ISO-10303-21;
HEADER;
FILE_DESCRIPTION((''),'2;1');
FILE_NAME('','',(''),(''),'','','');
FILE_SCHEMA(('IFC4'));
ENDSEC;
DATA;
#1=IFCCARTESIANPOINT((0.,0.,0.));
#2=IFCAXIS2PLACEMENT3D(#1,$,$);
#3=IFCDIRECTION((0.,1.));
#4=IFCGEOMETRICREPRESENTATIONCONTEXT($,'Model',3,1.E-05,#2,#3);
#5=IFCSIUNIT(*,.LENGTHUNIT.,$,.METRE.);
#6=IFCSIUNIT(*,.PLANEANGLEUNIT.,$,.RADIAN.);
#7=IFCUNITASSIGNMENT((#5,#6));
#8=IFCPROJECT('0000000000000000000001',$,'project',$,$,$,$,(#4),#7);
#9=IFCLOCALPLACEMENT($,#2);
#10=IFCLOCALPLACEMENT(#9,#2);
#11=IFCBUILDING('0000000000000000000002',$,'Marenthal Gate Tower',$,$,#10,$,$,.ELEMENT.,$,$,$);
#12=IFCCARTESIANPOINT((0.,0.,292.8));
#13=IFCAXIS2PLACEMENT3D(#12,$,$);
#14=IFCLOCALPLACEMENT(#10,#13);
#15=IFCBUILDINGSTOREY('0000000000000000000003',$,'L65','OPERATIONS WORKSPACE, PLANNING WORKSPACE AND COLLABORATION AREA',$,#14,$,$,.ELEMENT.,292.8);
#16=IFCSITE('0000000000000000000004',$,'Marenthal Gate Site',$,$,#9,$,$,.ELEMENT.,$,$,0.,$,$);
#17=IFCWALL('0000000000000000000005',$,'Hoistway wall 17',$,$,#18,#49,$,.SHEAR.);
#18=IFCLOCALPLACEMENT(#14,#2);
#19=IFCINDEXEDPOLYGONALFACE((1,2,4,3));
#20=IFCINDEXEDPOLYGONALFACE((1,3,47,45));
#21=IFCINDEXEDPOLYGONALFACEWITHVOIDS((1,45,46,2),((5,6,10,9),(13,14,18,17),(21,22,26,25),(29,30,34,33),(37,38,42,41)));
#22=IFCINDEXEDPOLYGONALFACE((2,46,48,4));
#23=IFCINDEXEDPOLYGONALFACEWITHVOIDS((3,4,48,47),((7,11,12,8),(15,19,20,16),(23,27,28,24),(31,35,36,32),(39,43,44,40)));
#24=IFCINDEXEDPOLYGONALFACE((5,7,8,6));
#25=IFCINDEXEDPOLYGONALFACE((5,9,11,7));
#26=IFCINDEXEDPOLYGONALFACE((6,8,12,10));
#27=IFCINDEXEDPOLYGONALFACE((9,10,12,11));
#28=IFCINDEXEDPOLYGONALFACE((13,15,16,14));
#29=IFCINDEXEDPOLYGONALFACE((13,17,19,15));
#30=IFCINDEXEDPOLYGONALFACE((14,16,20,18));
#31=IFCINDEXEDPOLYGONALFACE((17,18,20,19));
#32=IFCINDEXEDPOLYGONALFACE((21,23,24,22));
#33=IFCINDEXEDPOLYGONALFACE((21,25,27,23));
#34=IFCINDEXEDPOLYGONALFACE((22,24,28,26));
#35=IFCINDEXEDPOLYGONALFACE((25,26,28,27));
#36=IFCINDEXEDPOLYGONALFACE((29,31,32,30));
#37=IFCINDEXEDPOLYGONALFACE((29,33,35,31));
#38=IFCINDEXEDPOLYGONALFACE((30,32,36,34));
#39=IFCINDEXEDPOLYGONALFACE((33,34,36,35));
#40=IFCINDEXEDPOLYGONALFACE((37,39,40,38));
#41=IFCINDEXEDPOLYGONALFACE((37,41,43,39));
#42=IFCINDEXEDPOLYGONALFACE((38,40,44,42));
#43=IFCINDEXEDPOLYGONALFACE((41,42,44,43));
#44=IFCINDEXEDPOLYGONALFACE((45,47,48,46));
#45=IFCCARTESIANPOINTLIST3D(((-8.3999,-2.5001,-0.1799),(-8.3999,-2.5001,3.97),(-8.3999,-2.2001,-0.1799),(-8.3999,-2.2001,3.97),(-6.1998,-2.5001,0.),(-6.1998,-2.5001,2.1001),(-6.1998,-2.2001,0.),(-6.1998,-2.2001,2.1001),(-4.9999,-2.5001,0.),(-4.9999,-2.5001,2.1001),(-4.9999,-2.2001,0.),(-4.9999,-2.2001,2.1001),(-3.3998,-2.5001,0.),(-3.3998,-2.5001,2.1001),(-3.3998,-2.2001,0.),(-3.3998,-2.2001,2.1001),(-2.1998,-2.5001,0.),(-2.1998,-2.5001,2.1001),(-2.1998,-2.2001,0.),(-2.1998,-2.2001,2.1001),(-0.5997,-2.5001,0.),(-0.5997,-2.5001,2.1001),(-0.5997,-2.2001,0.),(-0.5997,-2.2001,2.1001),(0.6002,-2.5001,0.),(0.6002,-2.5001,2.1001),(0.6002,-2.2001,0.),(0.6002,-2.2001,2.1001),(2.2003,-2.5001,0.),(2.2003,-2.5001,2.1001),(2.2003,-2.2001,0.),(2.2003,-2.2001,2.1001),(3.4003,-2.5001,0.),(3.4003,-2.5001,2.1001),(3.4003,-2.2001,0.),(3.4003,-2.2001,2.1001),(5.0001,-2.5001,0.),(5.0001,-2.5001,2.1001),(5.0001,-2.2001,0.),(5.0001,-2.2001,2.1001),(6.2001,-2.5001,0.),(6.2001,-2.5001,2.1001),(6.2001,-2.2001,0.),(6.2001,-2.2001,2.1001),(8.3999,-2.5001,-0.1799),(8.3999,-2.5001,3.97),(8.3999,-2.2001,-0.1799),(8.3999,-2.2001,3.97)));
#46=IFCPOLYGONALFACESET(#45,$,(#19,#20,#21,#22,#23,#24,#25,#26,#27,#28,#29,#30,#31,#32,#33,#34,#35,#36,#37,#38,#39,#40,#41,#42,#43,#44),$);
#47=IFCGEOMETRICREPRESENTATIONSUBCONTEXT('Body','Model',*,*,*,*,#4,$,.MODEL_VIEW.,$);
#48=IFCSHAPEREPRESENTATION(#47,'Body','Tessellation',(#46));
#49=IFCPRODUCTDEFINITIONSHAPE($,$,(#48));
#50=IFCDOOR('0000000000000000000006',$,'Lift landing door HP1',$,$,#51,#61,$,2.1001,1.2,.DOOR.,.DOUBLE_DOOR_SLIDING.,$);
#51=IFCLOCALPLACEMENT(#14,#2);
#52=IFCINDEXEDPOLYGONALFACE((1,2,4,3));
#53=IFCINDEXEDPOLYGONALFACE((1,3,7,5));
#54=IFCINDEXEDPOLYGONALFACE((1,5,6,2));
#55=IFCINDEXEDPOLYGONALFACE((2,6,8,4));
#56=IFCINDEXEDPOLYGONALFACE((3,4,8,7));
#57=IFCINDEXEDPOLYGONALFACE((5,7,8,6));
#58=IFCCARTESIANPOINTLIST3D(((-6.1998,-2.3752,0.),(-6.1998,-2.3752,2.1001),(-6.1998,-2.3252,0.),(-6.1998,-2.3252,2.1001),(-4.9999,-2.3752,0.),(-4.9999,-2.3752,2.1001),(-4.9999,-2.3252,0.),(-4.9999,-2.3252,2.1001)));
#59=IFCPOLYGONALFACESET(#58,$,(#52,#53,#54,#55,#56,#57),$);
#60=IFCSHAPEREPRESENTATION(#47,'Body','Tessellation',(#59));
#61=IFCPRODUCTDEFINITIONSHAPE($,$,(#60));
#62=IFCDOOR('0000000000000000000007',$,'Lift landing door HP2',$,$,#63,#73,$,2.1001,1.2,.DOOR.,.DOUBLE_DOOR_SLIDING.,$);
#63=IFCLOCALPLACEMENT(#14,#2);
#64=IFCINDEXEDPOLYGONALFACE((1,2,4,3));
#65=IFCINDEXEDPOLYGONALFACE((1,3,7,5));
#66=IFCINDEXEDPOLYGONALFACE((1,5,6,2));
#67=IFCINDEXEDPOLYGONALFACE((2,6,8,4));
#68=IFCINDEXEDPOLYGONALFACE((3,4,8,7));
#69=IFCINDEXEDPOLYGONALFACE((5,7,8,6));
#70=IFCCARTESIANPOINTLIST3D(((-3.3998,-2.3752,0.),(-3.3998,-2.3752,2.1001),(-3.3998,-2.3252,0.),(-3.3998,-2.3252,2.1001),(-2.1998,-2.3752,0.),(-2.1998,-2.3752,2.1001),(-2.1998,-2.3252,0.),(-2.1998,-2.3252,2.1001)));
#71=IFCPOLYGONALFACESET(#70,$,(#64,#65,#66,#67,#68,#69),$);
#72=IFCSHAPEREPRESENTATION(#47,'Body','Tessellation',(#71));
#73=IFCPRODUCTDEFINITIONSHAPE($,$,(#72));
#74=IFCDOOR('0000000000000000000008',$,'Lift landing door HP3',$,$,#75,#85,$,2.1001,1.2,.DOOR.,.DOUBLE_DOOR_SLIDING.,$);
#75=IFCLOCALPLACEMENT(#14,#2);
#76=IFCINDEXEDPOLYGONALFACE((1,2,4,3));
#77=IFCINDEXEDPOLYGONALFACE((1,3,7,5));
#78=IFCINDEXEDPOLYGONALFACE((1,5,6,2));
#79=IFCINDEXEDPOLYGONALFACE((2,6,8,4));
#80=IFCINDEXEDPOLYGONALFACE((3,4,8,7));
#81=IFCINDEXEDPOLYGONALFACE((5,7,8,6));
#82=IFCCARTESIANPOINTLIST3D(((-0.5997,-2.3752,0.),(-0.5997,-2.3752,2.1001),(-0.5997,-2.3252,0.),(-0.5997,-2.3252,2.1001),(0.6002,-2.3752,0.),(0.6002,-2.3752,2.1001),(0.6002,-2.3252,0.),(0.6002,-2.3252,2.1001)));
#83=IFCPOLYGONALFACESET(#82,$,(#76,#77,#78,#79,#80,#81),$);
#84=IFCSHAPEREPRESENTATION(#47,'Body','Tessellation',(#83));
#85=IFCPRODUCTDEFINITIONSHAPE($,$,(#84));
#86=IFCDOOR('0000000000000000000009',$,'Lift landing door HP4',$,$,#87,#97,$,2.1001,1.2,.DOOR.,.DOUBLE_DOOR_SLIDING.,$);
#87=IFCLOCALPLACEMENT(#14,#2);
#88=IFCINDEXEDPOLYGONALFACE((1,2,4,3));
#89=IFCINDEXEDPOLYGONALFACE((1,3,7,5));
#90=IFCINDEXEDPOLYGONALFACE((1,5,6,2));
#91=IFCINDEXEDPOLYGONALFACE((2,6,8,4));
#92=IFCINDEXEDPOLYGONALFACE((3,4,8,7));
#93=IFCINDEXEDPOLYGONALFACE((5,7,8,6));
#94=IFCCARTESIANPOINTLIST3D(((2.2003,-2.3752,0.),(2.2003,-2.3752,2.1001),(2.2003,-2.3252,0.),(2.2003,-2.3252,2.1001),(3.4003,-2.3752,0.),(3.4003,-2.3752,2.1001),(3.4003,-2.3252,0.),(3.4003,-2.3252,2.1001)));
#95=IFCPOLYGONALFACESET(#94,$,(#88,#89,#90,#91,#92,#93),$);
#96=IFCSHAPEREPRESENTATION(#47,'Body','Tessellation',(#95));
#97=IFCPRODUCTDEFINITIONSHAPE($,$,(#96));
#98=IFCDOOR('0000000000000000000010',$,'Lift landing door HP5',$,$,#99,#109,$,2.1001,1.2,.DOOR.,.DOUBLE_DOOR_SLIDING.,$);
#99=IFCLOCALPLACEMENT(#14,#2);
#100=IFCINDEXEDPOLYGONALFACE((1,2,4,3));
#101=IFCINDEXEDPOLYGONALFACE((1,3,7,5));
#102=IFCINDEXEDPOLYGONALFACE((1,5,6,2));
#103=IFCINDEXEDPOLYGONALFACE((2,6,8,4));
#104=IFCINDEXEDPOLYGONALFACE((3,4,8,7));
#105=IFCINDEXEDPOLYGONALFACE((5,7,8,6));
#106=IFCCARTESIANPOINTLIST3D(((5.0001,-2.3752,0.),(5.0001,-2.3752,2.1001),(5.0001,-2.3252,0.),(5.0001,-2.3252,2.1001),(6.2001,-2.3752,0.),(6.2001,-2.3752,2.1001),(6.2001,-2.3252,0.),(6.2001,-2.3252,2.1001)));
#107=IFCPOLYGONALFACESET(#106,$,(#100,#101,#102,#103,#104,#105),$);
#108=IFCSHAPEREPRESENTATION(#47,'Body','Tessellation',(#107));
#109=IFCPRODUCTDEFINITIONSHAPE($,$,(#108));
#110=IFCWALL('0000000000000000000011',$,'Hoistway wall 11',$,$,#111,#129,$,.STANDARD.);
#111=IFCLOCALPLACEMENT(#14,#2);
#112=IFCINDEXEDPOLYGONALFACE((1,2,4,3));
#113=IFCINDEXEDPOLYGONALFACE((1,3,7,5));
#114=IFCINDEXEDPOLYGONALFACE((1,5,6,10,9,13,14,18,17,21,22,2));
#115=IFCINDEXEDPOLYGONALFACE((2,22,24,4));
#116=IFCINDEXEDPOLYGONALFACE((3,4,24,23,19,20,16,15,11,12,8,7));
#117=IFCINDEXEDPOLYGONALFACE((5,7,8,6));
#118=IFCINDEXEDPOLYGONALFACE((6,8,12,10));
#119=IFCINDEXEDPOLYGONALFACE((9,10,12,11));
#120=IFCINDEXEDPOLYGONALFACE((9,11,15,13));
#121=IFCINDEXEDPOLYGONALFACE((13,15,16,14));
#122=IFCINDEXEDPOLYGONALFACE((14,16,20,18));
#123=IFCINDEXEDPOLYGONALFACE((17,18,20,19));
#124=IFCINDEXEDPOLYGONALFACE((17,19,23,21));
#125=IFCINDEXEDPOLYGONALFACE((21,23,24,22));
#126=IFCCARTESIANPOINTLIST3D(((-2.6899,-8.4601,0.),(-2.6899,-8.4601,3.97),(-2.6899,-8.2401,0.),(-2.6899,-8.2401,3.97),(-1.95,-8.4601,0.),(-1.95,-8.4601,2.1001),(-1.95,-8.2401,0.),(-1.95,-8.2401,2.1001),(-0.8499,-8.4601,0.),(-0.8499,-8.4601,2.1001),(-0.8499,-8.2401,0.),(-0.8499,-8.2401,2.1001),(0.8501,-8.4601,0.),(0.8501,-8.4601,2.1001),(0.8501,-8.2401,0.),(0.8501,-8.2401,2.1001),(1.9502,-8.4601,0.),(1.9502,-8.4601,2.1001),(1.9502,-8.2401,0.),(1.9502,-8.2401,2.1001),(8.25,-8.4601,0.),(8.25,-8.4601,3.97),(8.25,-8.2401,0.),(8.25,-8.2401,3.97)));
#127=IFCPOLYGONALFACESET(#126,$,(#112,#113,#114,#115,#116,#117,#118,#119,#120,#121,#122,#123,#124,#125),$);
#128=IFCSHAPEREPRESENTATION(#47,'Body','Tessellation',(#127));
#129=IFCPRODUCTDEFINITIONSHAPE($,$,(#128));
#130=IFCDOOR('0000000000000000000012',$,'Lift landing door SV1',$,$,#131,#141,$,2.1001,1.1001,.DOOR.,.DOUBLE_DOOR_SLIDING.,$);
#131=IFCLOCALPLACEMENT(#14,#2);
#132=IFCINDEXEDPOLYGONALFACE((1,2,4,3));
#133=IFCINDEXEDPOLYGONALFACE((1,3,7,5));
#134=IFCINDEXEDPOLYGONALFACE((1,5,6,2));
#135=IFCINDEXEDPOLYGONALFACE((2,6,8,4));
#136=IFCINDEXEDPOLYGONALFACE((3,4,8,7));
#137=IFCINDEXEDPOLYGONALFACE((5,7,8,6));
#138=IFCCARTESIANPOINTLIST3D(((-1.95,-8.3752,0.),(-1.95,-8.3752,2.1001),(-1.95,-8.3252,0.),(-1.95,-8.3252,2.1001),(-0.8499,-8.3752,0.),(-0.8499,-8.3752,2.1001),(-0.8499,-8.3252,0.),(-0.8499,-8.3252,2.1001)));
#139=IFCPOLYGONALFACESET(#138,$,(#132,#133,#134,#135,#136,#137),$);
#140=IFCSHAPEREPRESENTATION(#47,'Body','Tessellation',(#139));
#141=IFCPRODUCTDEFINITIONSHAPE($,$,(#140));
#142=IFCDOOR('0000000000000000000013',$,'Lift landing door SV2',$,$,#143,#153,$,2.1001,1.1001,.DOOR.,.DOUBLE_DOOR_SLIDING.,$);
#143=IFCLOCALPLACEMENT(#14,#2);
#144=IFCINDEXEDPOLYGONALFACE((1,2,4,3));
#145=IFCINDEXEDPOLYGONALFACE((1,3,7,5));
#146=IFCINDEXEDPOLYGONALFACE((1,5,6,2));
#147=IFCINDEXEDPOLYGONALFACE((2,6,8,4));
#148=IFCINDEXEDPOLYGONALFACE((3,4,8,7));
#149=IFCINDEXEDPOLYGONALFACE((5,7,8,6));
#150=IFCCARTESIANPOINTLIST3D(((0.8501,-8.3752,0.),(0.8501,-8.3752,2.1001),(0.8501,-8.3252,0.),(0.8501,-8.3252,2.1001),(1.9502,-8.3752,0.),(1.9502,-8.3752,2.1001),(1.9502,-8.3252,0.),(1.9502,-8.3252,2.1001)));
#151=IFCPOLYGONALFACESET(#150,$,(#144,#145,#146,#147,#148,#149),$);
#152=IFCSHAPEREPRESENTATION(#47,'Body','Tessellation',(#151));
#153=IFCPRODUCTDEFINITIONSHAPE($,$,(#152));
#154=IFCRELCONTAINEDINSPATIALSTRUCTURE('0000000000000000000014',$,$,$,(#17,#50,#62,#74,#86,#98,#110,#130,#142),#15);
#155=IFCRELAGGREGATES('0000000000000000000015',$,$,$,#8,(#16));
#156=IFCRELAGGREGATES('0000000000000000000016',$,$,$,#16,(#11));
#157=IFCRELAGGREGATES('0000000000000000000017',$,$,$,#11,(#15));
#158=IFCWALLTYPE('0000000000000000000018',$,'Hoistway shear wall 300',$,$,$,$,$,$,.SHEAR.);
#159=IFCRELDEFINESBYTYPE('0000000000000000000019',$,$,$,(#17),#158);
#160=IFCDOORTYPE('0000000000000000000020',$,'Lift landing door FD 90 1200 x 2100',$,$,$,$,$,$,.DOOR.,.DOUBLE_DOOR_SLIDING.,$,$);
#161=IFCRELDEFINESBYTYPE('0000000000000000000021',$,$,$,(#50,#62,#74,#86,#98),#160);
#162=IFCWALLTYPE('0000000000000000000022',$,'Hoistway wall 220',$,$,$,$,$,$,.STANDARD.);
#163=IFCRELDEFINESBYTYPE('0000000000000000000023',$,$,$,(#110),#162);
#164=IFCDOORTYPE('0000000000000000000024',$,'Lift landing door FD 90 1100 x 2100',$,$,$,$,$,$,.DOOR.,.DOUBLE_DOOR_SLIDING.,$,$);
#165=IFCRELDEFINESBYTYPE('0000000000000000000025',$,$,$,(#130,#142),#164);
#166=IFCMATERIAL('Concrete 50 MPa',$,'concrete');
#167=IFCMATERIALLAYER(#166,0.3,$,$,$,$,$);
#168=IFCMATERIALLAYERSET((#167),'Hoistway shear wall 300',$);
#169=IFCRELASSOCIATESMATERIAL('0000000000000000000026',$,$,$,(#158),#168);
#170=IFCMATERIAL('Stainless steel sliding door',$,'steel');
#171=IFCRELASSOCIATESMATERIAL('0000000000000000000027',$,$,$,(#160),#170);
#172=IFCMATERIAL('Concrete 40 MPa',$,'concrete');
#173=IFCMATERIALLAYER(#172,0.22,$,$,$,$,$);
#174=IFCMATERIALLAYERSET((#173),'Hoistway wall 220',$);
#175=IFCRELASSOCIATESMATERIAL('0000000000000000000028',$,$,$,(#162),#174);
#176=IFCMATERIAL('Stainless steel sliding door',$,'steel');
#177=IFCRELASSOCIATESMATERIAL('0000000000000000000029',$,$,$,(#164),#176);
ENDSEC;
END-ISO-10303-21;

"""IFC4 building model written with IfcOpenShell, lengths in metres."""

from ifc_helpers import new_model, si_unit, direction, frame, frame_2d, origin, place, context, subcontext, project, spatial, rectangle, extrude, material, layer, layer_set, type_object, element, fill, save


model = new_model("IFC4")

# Units and contexts
model_context = context("Model", 3, precision=1e-05, world=origin(), true_north=direction((0.0, 1.0)))
body_context = subcontext(model_context, "Body", "Model", "MODEL_VIEW")
ifc_project = project(units=[si_unit("LENGTHUNIT", "METRE"), si_unit("PLANEANGLEUNIT", "RADIAN")], contexts=[model_context])

# Site, building, storey
site_placement = place(None, origin())
site = spatial("IfcSite", under=ifc_project, at=site_placement, Name="Marenthal Gate Site", CompositionType="ELEMENT", RefElevation=0.0)
building_placement = place(site_placement, origin())
building = spatial("IfcBuilding", under=site, at=building_placement, Name="Marenthal Gate Tower", CompositionType="ELEMENT")
storey_placement = place(building_placement, frame((0.0, 0.0, 292.8)))
storey = spatial("IfcBuildingStorey", under=building, at=storey_placement, Name="L65", Description="OPERATIONS WORKSPACE, PLANNING WORKSPACE AND COLLABORATION AREA", CompositionType="ELEMENT", Elevation=292.8)

# Walls, openings, doors
ifc_material_1 = material(Name="Concrete 50 MPa", Category="concrete")
ifc_layer_1 = layer(ifc_material_1, 0.3)
ifc_layer_set_1 = layer_set([ifc_layer_1], Name="Hoistway shear wall 300")
wall_type_1 = type_object("IfcWallType", Name="Hoistway shear wall 300", PredefinedType="SHEAR", material=ifc_layer_set_1)
wall_1_placement = place(storey_placement, frame((-8.3999, -2.3501, -0.1799), z_axis=(0.0, 0.0, 1.0), x_axis=(1.0, 0.0, 0.0)))
wall_1 = element("IfcWall", 1, at=wall_1_placement, inside=storey, type_object=wall_type_1, Name="Hoistway wall 17", PredefinedType="SHEAR", context=body_context, shape_type="SweptSolid", body=[
    extrude(rectangle(XDim=16.7998, YDim=0.3, at=frame_2d((8.3999, 0.0))), origin(), (0.0, 0.0, 1.0), 4.1499),
])
opening_1_placement = place(wall_1_placement, frame((2.2, 0.0, 0.1799)))
opening_1 = element("IfcOpeningElement", 2, at=opening_1_placement, cuts=wall_1, PredefinedType="OPENING", context=body_context, shape_type="SweptSolid", body=[
    extrude(rectangle(XDim=1.2, YDim=2.1001, at=frame_2d((0.6001, 1.05))), frame((0.0, 0.1602, 0.0), z_axis=(0.0, -1.0, 0.0), x_axis=(1.0, 0.0, 0.0)), (0.0, 0.0, 1.0), 0.3201),
])
opening_2_placement = place(wall_1_placement, frame((5.0, 0.0, 0.1799)))
opening_2 = element("IfcOpeningElement", 3, at=opening_2_placement, cuts=wall_1, PredefinedType="OPENING", context=body_context, shape_type="SweptSolid", body=[
    extrude(rectangle(XDim=1.2, YDim=2.1001, at=frame_2d((0.6001, 1.05))), frame((0.0, 0.1602, 0.0), z_axis=(0.0, -1.0, 0.0), x_axis=(1.0, 0.0, 0.0)), (0.0, 0.0, 1.0), 0.3201),
])
opening_3_placement = place(wall_1_placement, frame((7.8, 0.0, 0.1799)))
opening_3 = element("IfcOpeningElement", 4, at=opening_3_placement, cuts=wall_1, PredefinedType="OPENING", context=body_context, shape_type="SweptSolid", body=[
    extrude(rectangle(XDim=1.2, YDim=2.1001, at=frame_2d((0.6001, 1.05))), frame((0.0, 0.1602, 0.0), z_axis=(0.0, -1.0, 0.0), x_axis=(1.0, 0.0, 0.0)), (0.0, 0.0, 1.0), 0.3201),
])
opening_4_placement = place(wall_1_placement, frame((10.6001, 0.0, 0.1799)))
opening_4 = element("IfcOpeningElement", 5, at=opening_4_placement, cuts=wall_1, PredefinedType="OPENING", context=body_context, shape_type="SweptSolid", body=[
    extrude(rectangle(XDim=1.2, YDim=2.1001, at=frame_2d((0.6001, 1.05))), frame((0.0, 0.1602, 0.0), z_axis=(0.0, -1.0, 0.0), x_axis=(1.0, 0.0, 0.0)), (0.0, 0.0, 1.0), 0.3201),
])
opening_5_placement = place(wall_1_placement, frame((13.3999, 0.0, 0.1799)))
opening_5 = element("IfcOpeningElement", 6, at=opening_5_placement, cuts=wall_1, PredefinedType="OPENING", context=body_context, shape_type="SweptSolid", body=[
    extrude(rectangle(XDim=1.2, YDim=2.1001, at=frame_2d((0.6001, 1.05))), frame((0.0, 0.1602, 0.0), z_axis=(0.0, -1.0, 0.0), x_axis=(1.0, 0.0, 0.0)), (0.0, 0.0, 1.0), 0.3201),
])
ifc_material_2 = material(Name="Stainless steel sliding door", Category="steel")
door_type_1 = type_object("IfcDoorType", Name="Lift landing door FD 90 1200 x 2100", OperationType="DOUBLE_DOOR_SLIDING", PredefinedType="DOOR", material=ifc_material_2)
door_1_placement = place(opening_1_placement, origin())
door_1 = element("IfcDoor", 7, at=door_1_placement, inside=storey, type_object=door_type_1, Name="Lift landing door HP1", OperationType="DOUBLE_DOOR_SLIDING", OverallHeight=2.1001, OverallWidth=1.2, PredefinedType="DOOR", context=body_context, shape_type="SweptSolid", body=[
    extrude(rectangle(XDim=1.2, YDim=2.1001, at=frame_2d((0.6001, 1.05))), frame((0.0, 0.0249, 0.0), z_axis=(0.0, -1.0, 0.0), x_axis=(1.0, 0.0, 0.0)), (0.0, 0.0, 1.0), 0.05),
])
fill(opening_1, door_1)
door_2_placement = place(opening_2_placement, origin())
door_2 = element("IfcDoor", 8, at=door_2_placement, inside=storey, type_object=door_type_1, Name="Lift landing door HP2", OperationType="DOUBLE_DOOR_SLIDING", OverallHeight=2.1001, OverallWidth=1.2, PredefinedType="DOOR", context=body_context, shape_type="SweptSolid", body=[
    extrude(rectangle(XDim=1.2, YDim=2.1001, at=frame_2d((0.6001, 1.05))), frame((0.0, 0.0249, 0.0), z_axis=(0.0, -1.0, 0.0), x_axis=(1.0, 0.0, 0.0)), (0.0, 0.0, 1.0), 0.05),
])
fill(opening_2, door_2)
door_3_placement = place(opening_3_placement, origin())
door_3 = element("IfcDoor", 9, at=door_3_placement, inside=storey, type_object=door_type_1, Name="Lift landing door HP3", OperationType="DOUBLE_DOOR_SLIDING", OverallHeight=2.1001, OverallWidth=1.2, PredefinedType="DOOR", context=body_context, shape_type="SweptSolid", body=[
    extrude(rectangle(XDim=1.2, YDim=2.1001, at=frame_2d((0.6001, 1.05))), frame((0.0, 0.0249, 0.0), z_axis=(0.0, -1.0, 0.0), x_axis=(1.0, 0.0, 0.0)), (0.0, 0.0, 1.0), 0.05),
])
fill(opening_3, door_3)
door_4_placement = place(opening_4_placement, origin())
door_4 = element("IfcDoor", 10, at=door_4_placement, inside=storey, type_object=door_type_1, Name="Lift landing door HP4", OperationType="DOUBLE_DOOR_SLIDING", OverallHeight=2.1001, OverallWidth=1.2, PredefinedType="DOOR", context=body_context, shape_type="SweptSolid", body=[
    extrude(rectangle(XDim=1.2, YDim=2.1001, at=frame_2d((0.6001, 1.05))), frame((0.0, 0.0249, 0.0), z_axis=(0.0, -1.0, 0.0), x_axis=(1.0, 0.0, 0.0)), (0.0, 0.0, 1.0), 0.05),
])
fill(opening_4, door_4)
door_5_placement = place(opening_5_placement, origin())
door_5 = element("IfcDoor", 11, at=door_5_placement, inside=storey, type_object=door_type_1, Name="Lift landing door HP5", OperationType="DOUBLE_DOOR_SLIDING", OverallHeight=2.1001, OverallWidth=1.2, PredefinedType="DOOR", context=body_context, shape_type="SweptSolid", body=[
    extrude(rectangle(XDim=1.2, YDim=2.1001, at=frame_2d((0.6001, 1.05))), frame((0.0, 0.0249, 0.0), z_axis=(0.0, -1.0, 0.0), x_axis=(1.0, 0.0, 0.0)), (0.0, 0.0, 1.0), 0.05),
])
fill(opening_5, door_5)
ifc_material_3 = material(Name="Concrete 40 MPa", Category="concrete")
ifc_layer_2 = layer(ifc_material_3, 0.22)
ifc_layer_set_2 = layer_set([ifc_layer_2], Name="Hoistway wall 220")
wall_type_2 = type_object("IfcWallType", Name="Hoistway wall 220", PredefinedType="STANDARD", material=ifc_layer_set_2)
wall_2_placement = place(storey_placement, frame((-2.6899, -8.3501, 0.0), z_axis=(0.0, 0.0, 1.0), x_axis=(1.0, 0.0, 0.0)))
wall_2 = element("IfcWall", 12, at=wall_2_placement, inside=storey, type_object=wall_type_2, Name="Hoistway wall 11", PredefinedType="STANDARD", context=body_context, shape_type="SweptSolid", body=[
    extrude(rectangle(XDim=10.9399, YDim=0.22, at=frame_2d((5.47, 0.0))), origin(), (0.0, 0.0, 1.0), 3.97),
])
opening_6_placement = place(wall_2_placement, frame((0.74, 0.0, 0.0)))
opening_6 = element("IfcOpeningElement", 13, at=opening_6_placement, cuts=wall_2, PredefinedType="OPENING", context=body_context, shape_type="SweptSolid", body=[
    extrude(rectangle(XDim=1.1001, YDim=2.1001, at=frame_2d((0.55, 1.05))), frame((0.0, 0.1201, 0.0), z_axis=(0.0, -1.0, 0.0), x_axis=(1.0, 0.0, 0.0)), (0.0, 0.0, 1.0), 0.24),
])
opening_7_placement = place(wall_2_placement, frame((3.54, 0.0, 0.0)))
opening_7 = element("IfcOpeningElement", 14, at=opening_7_placement, cuts=wall_2, PredefinedType="OPENING", context=body_context, shape_type="SweptSolid", body=[
    extrude(rectangle(XDim=1.1001, YDim=2.1001, at=frame_2d((0.55, 1.05))), frame((0.0, 0.1201, 0.0), z_axis=(0.0, -1.0, 0.0), x_axis=(1.0, 0.0, 0.0)), (0.0, 0.0, 1.0), 0.24),
])
ifc_material_4 = material(Name="Stainless steel sliding door", Category="steel")
door_type_2 = type_object("IfcDoorType", Name="Lift landing door FD 90 1100 x 2100", OperationType="DOUBLE_DOOR_SLIDING", PredefinedType="DOOR", material=ifc_material_4)
door_6_placement = place(opening_6_placement, origin())
door_6 = element("IfcDoor", 15, at=door_6_placement, inside=storey, type_object=door_type_2, Name="Lift landing door SV1", OperationType="DOUBLE_DOOR_SLIDING", OverallHeight=2.1001, OverallWidth=1.1001, PredefinedType="DOOR", context=body_context, shape_type="SweptSolid", body=[
    extrude(rectangle(XDim=1.1001, YDim=2.1001, at=frame_2d((0.55, 1.05))), frame((0.0, 0.0249, 0.0), z_axis=(0.0, -1.0, 0.0), x_axis=(1.0, 0.0, 0.0)), (0.0, 0.0, 1.0), 0.05),
])
fill(opening_6, door_6)
door_7_placement = place(opening_7_placement, origin())
door_7 = element("IfcDoor", 16, at=door_7_placement, inside=storey, type_object=door_type_2, Name="Lift landing door SV2", OperationType="DOUBLE_DOOR_SLIDING", OverallHeight=2.1001, OverallWidth=1.1001, PredefinedType="DOOR", context=body_context, shape_type="SweptSolid", body=[
    extrude(rectangle(XDim=1.1001, YDim=2.1001, at=frame_2d((0.55, 1.05))), frame((0.0, 0.0249, 0.0), z_axis=(0.0, -1.0, 0.0), x_axis=(1.0, 0.0, 0.0)), (0.0, 0.0, 1.0), 0.05),
])
fill(opening_7, door_7)

save(model, "model.ifc")
